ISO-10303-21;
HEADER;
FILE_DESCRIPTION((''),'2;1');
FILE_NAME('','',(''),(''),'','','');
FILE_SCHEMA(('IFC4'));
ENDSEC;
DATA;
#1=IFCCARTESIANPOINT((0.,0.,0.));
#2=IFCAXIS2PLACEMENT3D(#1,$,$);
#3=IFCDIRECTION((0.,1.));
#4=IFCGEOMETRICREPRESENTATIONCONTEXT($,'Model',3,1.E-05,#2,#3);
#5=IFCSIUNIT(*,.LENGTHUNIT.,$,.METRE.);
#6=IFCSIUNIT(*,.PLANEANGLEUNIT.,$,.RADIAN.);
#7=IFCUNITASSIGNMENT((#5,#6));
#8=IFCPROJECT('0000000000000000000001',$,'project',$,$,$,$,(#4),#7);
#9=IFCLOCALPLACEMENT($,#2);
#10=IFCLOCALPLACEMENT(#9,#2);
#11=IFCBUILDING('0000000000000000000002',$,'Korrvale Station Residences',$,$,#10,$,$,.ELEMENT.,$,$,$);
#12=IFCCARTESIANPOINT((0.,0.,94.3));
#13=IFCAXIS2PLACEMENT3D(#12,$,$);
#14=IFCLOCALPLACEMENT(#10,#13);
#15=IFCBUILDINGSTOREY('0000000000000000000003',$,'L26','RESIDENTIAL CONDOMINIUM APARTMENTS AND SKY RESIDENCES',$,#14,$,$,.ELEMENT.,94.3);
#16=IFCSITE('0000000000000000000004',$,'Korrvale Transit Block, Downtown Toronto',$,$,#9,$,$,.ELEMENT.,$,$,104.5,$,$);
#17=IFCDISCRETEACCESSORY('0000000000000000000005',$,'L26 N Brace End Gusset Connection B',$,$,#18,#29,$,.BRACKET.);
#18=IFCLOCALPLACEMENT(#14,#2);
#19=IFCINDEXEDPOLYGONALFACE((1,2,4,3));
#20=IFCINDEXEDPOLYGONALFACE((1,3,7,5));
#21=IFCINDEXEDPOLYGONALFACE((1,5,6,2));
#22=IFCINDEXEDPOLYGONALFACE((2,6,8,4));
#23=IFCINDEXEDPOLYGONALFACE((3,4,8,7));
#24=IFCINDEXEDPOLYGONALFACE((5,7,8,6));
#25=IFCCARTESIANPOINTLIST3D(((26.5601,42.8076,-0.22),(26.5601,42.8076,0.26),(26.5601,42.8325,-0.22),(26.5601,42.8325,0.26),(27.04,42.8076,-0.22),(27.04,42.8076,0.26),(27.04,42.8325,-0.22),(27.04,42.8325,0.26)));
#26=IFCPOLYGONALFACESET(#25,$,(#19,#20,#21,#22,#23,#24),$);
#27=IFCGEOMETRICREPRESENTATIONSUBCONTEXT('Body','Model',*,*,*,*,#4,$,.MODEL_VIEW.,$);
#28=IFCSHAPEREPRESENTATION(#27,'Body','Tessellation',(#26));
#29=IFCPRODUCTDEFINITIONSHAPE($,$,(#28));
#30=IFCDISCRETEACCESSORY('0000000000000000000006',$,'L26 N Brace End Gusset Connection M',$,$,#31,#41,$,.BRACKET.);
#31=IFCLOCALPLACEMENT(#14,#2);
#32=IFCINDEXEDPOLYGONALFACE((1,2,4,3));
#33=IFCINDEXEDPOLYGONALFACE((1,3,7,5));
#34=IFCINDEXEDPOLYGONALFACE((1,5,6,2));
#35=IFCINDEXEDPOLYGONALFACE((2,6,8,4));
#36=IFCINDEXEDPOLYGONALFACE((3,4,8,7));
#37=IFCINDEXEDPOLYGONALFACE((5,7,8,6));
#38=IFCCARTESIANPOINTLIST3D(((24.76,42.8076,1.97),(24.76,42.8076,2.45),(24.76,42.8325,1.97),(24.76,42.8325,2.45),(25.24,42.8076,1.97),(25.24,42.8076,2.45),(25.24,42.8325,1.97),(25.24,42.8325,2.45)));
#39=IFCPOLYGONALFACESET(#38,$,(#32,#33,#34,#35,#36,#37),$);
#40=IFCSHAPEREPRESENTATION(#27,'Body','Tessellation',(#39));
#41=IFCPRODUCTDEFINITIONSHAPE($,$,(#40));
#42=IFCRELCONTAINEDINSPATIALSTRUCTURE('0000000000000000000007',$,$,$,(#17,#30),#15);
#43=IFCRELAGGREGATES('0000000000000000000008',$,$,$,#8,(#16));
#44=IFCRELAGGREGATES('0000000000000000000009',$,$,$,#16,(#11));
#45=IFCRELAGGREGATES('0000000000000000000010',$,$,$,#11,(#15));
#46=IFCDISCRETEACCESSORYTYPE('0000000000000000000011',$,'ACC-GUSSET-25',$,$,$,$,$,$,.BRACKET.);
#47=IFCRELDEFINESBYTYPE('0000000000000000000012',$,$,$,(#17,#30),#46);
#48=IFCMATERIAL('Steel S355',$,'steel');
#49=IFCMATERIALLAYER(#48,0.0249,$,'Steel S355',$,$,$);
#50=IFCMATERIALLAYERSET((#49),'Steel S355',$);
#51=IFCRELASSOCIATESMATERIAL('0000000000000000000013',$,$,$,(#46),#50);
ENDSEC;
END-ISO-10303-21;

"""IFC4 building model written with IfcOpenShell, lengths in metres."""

from ifc_helpers import new_model, si_unit, direction, frame, origin, origin_2d, place, context, subcontext, project, spatial, rectangle, extrude, material, layer, layer_set, type_object, element, save


model = new_model("IFC4")

# Units and contexts
model_context = context("Model", 3, precision=1e-05, world=origin(), true_north=direction((0.0, 1.0)))
body_context = subcontext(model_context, "Body", "Model", "MODEL_VIEW")
ifc_project = project(units=[si_unit("LENGTHUNIT", "METRE"), si_unit("PLANEANGLEUNIT", "RADIAN")], contexts=[model_context])

# Site, building, storey
site_placement = place(None, origin())
site = spatial("IfcSite", under=ifc_project, at=site_placement, Name="Korrvale Transit Block, Downtown Toronto", CompositionType="ELEMENT", RefElevation=104.5)
building_placement = place(site_placement, origin())
building = spatial("IfcBuilding", under=site, at=building_placement, Name="Korrvale Station Residences", CompositionType="ELEMENT")
storey_placement = place(building_placement, frame((0.0, 0.0, 94.3)))
storey = spatial("IfcBuildingStorey", under=building, at=storey_placement, Name="L26", Description="RESIDENTIAL CONDOMINIUM APARTMENTS AND SKY RESIDENCES", CompositionType="ELEMENT", Elevation=94.3)

# Shared definitions
ifc_material_1 = material(Name="Steel S355", Category="steel")

# Discrete accessories
ifc_layer_1 = layer(ifc_material_1, 0.0249, Name="Steel S355")
ifc_layer_set_1 = layer_set([ifc_layer_1], Name="Steel S355")
discrete_accessory_type = type_object("IfcDiscreteAccessoryType", Name="ACC-GUSSET-25", PredefinedType="BRACKET", material=ifc_layer_set_1)
for number, where, z_axis, x_axis, name in (
    (1, (26.8, 42.8201, -0.22), (0.0, 0.0, 1.0), (1.0, 0.0, 0.0), "L26 N Brace End Gusset Connection B"),
    (2, (25.0, 42.8201, 1.97), (0.0, 0.0, 1.0), (1.0, 0.0, 0.0), "L26 N Brace End Gusset Connection M"),
):
    element("IfcDiscreteAccessory", number, at=place(storey_placement, frame(where, z_axis=z_axis, x_axis=x_axis)), inside=storey, type_object=discrete_accessory_type, Name=name, PredefinedType="BRACKET", context=body_context, shape_type="SweptSolid", body=[
        extrude(rectangle(XDim=0.48, YDim=0.0249, at=origin_2d()), origin(), (0.0, 0.0, 1.0), 0.48),
    ])

save(model, "model.ifc")
